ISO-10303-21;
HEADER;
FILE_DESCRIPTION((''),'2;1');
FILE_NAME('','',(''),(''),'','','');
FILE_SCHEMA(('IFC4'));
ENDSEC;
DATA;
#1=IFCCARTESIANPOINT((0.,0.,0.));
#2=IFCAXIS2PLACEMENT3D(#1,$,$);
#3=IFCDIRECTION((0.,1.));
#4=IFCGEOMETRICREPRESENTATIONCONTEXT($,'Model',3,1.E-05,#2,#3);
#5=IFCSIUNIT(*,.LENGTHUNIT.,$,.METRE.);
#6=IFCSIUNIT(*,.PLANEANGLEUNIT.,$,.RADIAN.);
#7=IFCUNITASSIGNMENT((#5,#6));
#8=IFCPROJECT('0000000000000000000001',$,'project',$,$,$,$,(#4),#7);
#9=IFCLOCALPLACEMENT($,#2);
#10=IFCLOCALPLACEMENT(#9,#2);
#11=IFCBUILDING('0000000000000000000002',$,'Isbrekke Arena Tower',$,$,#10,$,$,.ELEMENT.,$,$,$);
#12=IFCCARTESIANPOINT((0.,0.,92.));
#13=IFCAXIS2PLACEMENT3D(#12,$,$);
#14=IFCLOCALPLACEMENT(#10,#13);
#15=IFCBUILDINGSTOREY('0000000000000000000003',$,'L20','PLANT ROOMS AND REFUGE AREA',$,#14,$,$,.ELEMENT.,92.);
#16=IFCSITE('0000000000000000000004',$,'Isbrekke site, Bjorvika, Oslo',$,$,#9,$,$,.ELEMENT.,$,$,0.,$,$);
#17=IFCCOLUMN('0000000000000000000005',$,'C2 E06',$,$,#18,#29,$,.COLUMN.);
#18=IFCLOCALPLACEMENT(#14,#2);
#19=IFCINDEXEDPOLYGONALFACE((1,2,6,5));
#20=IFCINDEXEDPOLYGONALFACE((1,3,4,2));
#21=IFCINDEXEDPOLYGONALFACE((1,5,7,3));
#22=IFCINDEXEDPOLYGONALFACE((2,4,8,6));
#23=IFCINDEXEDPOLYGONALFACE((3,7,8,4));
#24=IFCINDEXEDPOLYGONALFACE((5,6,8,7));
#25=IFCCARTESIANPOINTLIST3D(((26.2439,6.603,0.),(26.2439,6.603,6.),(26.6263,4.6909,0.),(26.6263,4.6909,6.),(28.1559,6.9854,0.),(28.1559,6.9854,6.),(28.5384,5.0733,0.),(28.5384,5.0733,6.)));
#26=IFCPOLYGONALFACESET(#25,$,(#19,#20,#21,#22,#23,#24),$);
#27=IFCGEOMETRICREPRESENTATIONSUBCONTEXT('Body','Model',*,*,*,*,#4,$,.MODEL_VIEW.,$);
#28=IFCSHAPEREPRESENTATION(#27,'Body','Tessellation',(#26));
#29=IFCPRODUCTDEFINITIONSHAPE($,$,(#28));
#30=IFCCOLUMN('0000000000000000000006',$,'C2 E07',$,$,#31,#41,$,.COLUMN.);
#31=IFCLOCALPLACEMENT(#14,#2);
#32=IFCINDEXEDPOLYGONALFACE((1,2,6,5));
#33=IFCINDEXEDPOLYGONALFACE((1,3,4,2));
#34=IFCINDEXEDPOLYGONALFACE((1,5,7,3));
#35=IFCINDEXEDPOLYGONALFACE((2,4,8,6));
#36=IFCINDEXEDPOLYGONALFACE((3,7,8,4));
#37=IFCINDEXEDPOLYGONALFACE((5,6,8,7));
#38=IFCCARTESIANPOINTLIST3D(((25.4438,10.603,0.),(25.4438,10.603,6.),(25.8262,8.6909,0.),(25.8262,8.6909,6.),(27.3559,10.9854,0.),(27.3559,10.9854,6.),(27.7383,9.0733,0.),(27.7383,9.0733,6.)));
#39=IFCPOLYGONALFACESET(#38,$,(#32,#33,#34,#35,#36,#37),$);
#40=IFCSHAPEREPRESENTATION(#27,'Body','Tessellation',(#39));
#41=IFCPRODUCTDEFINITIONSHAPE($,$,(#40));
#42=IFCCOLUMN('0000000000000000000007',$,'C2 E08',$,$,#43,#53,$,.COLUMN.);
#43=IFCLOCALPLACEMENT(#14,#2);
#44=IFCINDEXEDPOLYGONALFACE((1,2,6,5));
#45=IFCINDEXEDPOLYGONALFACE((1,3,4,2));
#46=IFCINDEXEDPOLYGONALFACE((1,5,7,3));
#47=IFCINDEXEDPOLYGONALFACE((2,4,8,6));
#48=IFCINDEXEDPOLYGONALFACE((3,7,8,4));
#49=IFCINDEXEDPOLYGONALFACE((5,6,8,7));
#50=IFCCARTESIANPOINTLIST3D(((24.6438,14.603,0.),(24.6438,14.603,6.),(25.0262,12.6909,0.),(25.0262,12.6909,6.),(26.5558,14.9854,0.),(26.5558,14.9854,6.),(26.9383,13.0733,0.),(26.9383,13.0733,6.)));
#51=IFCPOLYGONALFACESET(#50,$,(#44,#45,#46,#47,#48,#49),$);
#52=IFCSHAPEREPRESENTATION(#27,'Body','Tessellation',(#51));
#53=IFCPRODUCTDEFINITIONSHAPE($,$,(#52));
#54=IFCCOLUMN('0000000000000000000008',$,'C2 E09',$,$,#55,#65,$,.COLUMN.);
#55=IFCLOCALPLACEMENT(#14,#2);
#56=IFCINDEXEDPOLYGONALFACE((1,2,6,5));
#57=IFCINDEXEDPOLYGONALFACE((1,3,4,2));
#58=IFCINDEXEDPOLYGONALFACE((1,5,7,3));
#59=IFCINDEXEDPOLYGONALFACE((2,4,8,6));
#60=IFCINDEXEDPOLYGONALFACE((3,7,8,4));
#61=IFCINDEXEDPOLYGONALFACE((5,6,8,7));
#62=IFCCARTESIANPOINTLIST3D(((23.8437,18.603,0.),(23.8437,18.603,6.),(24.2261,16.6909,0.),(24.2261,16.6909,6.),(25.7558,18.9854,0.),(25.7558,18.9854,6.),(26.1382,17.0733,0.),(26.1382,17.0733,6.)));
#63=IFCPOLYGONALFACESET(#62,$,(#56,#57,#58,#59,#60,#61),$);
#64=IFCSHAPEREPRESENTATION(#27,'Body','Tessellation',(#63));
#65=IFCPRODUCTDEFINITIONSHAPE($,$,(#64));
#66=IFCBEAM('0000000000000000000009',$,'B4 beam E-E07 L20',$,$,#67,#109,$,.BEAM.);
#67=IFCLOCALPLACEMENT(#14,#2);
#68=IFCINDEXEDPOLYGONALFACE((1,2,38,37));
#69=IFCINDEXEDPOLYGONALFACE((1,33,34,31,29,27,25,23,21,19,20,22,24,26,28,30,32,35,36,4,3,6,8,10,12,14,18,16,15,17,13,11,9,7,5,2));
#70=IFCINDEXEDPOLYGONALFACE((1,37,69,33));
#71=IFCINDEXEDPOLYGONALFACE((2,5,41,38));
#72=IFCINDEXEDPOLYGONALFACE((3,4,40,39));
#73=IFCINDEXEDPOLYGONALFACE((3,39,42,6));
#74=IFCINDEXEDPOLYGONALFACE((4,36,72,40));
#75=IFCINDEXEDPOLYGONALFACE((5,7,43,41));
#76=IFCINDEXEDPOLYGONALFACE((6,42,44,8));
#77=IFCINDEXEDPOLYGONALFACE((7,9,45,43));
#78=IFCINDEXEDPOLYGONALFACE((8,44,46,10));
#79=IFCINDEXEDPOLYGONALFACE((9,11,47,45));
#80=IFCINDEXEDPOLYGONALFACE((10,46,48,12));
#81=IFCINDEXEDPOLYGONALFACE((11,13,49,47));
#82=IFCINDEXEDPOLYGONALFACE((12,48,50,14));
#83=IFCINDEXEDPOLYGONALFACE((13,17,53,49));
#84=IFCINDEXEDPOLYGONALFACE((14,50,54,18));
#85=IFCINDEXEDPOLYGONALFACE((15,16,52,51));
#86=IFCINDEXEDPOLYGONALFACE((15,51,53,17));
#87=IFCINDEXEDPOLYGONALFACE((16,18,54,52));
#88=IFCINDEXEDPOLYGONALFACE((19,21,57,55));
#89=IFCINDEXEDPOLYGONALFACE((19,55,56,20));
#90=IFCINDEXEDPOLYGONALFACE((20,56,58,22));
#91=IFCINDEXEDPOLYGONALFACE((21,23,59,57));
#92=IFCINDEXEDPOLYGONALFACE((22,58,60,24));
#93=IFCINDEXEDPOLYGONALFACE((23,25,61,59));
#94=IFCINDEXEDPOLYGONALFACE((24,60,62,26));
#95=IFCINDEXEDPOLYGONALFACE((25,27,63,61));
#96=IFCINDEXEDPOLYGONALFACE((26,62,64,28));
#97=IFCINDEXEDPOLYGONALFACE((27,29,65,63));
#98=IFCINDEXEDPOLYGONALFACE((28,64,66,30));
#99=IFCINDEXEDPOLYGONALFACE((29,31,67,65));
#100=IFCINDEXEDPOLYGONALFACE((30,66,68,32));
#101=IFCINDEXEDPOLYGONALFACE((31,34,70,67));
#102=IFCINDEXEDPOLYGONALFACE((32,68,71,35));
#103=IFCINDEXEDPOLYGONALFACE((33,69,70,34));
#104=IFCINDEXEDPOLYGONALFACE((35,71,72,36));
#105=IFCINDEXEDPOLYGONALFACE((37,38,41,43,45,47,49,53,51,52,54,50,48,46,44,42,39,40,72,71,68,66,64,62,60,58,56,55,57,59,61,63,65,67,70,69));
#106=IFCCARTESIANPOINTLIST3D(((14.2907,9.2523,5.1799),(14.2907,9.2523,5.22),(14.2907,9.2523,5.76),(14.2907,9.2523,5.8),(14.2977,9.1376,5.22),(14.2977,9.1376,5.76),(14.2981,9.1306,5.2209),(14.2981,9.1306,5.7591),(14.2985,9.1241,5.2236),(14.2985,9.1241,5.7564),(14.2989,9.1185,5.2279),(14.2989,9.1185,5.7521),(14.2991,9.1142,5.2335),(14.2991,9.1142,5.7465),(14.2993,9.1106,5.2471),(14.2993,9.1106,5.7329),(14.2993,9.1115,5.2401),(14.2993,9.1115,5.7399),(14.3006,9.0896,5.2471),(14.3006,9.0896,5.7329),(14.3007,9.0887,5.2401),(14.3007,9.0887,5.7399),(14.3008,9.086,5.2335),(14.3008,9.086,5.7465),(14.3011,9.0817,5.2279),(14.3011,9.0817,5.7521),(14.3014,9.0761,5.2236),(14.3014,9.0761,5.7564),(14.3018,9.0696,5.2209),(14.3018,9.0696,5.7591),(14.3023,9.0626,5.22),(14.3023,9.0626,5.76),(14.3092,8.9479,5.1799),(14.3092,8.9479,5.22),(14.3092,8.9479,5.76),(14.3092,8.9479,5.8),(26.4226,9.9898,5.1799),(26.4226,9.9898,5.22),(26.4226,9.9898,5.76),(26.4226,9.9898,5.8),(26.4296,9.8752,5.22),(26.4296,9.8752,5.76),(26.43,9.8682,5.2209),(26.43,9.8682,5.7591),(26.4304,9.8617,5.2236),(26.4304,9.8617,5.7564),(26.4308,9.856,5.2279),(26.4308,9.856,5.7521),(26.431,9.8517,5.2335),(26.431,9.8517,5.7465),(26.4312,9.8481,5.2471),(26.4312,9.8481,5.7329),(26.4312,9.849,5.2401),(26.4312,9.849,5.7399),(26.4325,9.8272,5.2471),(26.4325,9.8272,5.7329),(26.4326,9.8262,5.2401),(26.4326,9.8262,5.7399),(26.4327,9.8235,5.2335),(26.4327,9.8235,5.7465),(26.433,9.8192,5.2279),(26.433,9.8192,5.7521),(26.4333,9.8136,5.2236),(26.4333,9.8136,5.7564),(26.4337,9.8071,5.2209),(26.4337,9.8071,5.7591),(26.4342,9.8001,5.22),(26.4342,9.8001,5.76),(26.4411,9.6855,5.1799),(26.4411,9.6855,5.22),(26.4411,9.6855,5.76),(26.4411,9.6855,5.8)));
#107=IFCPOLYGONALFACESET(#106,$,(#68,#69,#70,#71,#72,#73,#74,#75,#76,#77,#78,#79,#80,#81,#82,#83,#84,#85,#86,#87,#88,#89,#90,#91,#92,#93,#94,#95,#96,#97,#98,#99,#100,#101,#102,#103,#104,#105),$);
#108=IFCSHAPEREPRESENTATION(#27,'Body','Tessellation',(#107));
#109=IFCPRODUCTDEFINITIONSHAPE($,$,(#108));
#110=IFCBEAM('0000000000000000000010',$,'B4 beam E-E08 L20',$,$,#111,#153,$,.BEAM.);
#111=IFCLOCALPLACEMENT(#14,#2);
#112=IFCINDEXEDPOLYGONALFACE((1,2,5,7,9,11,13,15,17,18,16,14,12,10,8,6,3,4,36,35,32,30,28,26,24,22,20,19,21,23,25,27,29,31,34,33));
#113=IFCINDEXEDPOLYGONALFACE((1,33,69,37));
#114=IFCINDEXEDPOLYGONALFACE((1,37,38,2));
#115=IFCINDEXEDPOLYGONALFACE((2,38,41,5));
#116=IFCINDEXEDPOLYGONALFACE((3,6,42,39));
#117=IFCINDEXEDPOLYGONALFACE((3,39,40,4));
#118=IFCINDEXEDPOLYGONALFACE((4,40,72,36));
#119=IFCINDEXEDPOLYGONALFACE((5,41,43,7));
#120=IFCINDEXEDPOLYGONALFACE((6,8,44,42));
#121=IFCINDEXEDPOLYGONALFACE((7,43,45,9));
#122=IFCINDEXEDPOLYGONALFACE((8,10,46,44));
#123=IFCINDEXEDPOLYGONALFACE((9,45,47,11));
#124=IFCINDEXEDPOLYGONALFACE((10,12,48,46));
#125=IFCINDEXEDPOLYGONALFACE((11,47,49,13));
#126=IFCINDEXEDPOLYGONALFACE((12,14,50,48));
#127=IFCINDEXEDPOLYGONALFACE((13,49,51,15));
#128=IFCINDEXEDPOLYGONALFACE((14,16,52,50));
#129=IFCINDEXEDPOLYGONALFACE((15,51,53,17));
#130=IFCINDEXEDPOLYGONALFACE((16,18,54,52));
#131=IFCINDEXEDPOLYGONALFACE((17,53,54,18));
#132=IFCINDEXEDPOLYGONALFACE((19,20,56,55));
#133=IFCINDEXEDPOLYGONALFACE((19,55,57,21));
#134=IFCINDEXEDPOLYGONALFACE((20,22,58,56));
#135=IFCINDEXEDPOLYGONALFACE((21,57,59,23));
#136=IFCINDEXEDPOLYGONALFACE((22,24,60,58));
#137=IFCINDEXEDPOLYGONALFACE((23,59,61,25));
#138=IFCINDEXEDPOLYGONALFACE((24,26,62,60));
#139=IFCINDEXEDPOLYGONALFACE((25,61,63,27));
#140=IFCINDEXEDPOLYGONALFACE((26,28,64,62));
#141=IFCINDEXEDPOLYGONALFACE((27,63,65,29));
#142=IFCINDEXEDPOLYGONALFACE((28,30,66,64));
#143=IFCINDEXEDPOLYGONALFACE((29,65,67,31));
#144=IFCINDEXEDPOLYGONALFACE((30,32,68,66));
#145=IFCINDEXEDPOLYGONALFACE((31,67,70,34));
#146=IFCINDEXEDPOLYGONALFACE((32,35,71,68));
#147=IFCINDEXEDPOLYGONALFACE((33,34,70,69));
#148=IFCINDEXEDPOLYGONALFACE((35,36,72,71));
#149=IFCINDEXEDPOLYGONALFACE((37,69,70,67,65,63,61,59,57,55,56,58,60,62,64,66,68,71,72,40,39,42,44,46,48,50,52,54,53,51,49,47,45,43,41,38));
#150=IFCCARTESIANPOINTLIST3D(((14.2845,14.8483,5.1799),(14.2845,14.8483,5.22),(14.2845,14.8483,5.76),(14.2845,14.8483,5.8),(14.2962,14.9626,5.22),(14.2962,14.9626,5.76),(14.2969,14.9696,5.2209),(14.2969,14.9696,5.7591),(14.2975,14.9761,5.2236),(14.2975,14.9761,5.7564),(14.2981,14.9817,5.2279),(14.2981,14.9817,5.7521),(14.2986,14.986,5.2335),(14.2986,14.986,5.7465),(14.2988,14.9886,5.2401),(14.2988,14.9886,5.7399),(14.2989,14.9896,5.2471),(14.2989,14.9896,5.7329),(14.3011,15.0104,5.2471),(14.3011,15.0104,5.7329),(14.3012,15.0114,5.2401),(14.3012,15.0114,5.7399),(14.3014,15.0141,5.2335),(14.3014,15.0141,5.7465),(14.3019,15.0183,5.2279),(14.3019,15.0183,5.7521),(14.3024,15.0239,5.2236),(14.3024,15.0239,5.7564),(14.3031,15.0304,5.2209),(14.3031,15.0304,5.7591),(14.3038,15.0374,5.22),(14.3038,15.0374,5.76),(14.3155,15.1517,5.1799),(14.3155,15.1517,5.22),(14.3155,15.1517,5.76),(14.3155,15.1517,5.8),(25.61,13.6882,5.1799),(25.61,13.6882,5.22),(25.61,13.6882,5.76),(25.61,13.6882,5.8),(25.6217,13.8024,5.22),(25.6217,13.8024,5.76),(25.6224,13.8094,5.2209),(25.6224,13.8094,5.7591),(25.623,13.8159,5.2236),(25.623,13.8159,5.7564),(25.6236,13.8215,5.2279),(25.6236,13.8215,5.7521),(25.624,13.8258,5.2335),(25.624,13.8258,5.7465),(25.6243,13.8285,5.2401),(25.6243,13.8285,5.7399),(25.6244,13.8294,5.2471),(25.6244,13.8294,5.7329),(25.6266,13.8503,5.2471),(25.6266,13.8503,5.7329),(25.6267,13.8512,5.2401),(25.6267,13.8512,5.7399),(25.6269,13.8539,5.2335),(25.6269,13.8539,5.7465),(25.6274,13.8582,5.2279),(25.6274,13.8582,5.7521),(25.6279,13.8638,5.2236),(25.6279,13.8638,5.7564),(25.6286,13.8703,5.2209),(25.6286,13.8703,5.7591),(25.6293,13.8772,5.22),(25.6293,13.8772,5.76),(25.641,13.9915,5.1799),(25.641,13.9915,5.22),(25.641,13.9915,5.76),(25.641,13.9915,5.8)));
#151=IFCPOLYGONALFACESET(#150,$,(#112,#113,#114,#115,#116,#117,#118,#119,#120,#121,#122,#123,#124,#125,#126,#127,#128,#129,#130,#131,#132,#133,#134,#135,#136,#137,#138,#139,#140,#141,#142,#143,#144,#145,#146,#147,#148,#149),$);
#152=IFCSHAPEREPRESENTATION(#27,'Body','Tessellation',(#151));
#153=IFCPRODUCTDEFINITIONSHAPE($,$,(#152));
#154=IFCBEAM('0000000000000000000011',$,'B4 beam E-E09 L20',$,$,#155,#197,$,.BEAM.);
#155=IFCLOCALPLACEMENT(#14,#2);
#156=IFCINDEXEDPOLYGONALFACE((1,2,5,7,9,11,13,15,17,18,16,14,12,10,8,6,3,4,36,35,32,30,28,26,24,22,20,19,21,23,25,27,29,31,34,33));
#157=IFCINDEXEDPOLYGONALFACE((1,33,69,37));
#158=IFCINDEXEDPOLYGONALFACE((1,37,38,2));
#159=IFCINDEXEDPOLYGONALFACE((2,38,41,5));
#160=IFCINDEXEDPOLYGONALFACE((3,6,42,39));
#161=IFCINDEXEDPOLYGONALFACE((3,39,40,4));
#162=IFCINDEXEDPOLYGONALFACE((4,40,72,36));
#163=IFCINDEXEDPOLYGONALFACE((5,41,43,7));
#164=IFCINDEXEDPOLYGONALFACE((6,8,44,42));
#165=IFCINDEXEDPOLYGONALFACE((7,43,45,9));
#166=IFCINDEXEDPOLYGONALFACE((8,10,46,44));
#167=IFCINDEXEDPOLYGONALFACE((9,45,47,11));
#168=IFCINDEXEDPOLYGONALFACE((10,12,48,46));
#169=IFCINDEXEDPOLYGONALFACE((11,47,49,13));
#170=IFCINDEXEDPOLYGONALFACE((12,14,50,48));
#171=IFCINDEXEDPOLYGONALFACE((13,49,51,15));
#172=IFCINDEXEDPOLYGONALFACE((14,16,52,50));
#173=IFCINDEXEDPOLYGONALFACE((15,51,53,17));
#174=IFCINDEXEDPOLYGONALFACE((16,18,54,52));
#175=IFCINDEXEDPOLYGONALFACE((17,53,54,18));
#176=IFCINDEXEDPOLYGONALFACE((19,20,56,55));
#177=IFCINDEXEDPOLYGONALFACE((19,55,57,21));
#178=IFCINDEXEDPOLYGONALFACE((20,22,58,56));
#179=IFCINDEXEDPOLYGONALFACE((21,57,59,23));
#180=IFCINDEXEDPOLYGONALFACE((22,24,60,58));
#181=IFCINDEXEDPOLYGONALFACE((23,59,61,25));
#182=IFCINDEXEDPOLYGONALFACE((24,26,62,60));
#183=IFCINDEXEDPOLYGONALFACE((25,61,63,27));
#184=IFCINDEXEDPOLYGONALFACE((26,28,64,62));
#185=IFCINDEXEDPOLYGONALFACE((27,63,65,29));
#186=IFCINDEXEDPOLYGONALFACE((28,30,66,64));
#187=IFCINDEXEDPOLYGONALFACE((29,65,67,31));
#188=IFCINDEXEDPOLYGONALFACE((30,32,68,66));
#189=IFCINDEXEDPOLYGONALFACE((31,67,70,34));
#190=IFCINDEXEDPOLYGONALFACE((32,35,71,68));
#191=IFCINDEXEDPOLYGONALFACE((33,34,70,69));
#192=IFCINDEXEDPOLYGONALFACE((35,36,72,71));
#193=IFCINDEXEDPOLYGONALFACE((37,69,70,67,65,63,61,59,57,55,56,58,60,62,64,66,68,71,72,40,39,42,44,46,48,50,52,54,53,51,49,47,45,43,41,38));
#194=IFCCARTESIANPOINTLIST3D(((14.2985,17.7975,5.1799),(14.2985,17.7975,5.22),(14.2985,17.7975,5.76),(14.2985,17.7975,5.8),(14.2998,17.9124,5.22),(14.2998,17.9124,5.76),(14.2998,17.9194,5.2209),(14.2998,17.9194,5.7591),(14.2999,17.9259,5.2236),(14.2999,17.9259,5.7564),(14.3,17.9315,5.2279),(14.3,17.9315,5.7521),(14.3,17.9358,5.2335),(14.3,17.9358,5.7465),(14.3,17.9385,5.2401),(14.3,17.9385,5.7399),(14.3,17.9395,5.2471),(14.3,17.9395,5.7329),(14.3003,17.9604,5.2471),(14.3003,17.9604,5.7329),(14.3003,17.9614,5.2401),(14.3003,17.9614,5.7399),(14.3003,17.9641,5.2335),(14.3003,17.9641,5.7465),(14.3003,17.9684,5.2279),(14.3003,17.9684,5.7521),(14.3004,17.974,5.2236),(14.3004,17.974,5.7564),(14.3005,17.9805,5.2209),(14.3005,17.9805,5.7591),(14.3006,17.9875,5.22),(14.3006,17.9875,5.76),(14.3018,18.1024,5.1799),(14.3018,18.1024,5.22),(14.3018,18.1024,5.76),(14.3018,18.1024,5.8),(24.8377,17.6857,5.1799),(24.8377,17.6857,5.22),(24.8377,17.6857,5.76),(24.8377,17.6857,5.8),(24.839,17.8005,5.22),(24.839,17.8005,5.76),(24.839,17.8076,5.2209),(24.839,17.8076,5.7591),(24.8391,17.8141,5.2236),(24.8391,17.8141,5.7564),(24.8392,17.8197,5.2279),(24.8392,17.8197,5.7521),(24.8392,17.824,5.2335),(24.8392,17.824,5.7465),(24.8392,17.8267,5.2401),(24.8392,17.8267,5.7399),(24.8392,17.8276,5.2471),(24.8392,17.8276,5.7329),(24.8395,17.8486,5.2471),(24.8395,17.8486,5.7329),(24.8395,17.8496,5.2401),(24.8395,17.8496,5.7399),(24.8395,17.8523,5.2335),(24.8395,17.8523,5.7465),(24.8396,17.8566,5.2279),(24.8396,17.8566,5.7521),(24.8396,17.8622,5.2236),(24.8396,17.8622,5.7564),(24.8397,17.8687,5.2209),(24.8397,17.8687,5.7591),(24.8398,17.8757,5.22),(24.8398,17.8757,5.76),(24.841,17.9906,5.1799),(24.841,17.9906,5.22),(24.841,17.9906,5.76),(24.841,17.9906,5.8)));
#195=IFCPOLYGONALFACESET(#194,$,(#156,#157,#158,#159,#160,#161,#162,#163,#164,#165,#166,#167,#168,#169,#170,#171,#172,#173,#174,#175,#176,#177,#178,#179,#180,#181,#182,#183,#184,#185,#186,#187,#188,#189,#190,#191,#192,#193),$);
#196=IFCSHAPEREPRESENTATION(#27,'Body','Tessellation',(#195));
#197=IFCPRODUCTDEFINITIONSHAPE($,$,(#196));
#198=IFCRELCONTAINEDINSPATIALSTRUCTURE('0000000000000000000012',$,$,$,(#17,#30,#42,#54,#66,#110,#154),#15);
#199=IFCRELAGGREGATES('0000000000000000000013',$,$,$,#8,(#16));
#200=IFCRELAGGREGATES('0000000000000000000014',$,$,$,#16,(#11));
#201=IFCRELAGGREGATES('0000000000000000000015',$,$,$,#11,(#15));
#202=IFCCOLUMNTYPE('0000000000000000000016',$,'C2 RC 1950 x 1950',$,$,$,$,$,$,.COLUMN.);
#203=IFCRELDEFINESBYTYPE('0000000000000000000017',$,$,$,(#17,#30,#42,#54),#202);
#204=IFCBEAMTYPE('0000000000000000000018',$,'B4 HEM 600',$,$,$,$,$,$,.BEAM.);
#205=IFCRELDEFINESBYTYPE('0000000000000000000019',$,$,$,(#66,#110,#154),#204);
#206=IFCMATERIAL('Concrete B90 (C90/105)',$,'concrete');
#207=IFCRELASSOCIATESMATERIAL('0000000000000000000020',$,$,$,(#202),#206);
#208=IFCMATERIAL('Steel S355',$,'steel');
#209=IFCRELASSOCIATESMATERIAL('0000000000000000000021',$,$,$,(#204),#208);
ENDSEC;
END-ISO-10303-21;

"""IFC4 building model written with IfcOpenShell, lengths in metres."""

from ifc_helpers import new_model, si_unit, direction, frame, origin, origin_2d, place, context, subcontext, project, spatial, rectangle, i_section, extrude, material, material_profile, profile_set, type_object, element, save


model = new_model("IFC4")

# Units and contexts
model_context = context("Model", 3, precision=1e-05, world=origin(), true_north=direction((0.0, 1.0)))
body_context = subcontext(model_context, "Body", "Model", "MODEL_VIEW")
ifc_project = project(units=[si_unit("LENGTHUNIT", "METRE"), si_unit("PLANEANGLEUNIT", "RADIAN")], contexts=[model_context])

# Site, building, storey
site_placement = place(None, origin())
site = spatial("IfcSite", under=ifc_project, at=site_placement, Name="Isbrekke site, Bjorvika, Oslo", CompositionType="ELEMENT", RefElevation=0.0)
building_placement = place(site_placement, origin())
building = spatial("IfcBuilding", under=site, at=building_placement, Name="Isbrekke Arena Tower", CompositionType="ELEMENT")
storey_placement = place(building_placement, frame((0.0, 0.0, 92.0)))
storey = spatial("IfcBuildingStorey", under=building, at=storey_placement, Name="L20", Description="PLANT ROOMS AND REFUGE AREA", CompositionType="ELEMENT", Elevation=92.0)

# Columns
ifc_material_1 = material(Name="Concrete B90 (C90/105)", Category="concrete")
ifc_material_profile_1 = material_profile(ifc_material_1, rectangle(XDim=1.95, YDim=1.95, at=origin_2d()), Name="RC 1950x1950")
ifc_profile_set_1 = profile_set([ifc_material_profile_1], Name="Concrete B90 (C90/105)")
column_type = type_object("IfcColumnType", Name="C2 RC 1950 x 1950", PredefinedType="COLUMN", material=ifc_profile_set_1)
for number, where, z_axis, x_axis, name in (
    (1, (27.3911, 5.8381, 0.0), (0.0, 0.0, 1.0), (-0.196116, 0.980581, 0.0), "C2 E06"),
    (2, (26.5911, 9.8381, 0.0), (0.0, 0.0, 1.0), (-0.196116, 0.980581, 0.0), "C2 E07"),
    (3, (25.791, 13.8381, 0.0), (0.0, 0.0, 1.0), (-0.196116, 0.980581, 0.0), "C2 E08"),
    (4, (24.991, 17.8381, 0.0), (0.0, 0.0, 1.0), (-0.196116, 0.980581, 0.0), "C2 E09"),
):
    element("IfcColumn", number, at=place(storey_placement, frame(where, z_axis=z_axis, x_axis=x_axis)), inside=storey, type_object=column_type, Name=name, PredefinedType="COLUMN", context=body_context, shape_type="SweptSolid", body=[
        extrude(rectangle(XDim=1.95, YDim=1.95, at=origin_2d()), origin(), (0.0, 0.0, 1.0), 6.0),
    ])

# Beams
ifc_material_2 = material(Name="Steel S355", Category="steel")
ifc_material_profile_2 = material_profile(ifc_material_2, i_section(OverallWidth=0.3049, OverallDepth=0.6201, WebThickness=0.021, FlangeThickness=0.04, FilletRadius=0.0271, at=origin_2d()), Name="HEM 600")
ifc_profile_set_2 = profile_set([ifc_material_profile_2], Name="Steel S355")
beam_type_1 = type_object("IfcBeamType", Name="B4 HEM 600", PredefinedType="BEAM", material=ifc_profile_set_2)
beam_1_placement = place(storey_placement, frame((26.4319, 9.8376, 5.49), z_axis=(-0.998157, -0.060682, 0.0), x_axis=(0.060682, -0.998157, 0.0)))
element("IfcBeam", 5, at=beam_1_placement, inside=storey, type_object=beam_type_1, Name="B4 beam E-E07 L20", PredefinedType="BEAM", context=body_context, shape_type="SweptSolid", body=[
    extrude(i_section(OverallWidth=0.3049, OverallDepth=0.6201, WebThickness=0.021, FlangeThickness=0.04, FilletRadius=0.0271, at=origin_2d()), origin(), (0.0, 0.0, 1.0), 12.1543),
])
beam_2_placement = place(storey_placement, frame((25.6255, 13.8398, 5.49), z_axis=(-0.994794, 0.101905, 0.0), x_axis=(-0.101905, -0.994794, 0.0)))
element("IfcBeam", 6, at=beam_2_placement, inside=storey, type_object=beam_type_1, Name="B4 beam E-E08 L20", PredefinedType="BEAM", context=body_context, shape_type="SweptSolid", body=[
    extrude(i_section(OverallWidth=0.3049, OverallDepth=0.6201, WebThickness=0.021, FlangeThickness=0.04, FilletRadius=0.0271, at=origin_2d()), origin(), (0.0, 0.0, 1.0), 11.3848),
])
beam_3_placement = place(storey_placement, frame((24.8394, 17.8381, 5.49), z_axis=(-0.999944, 0.010609, 0.0), x_axis=(-0.010609, -0.999944, 0.0)))
element("IfcBeam", 7, at=beam_3_placement, inside=storey, type_object=beam_type_1, Name="B4 beam E-E09 L20", PredefinedType="BEAM", context=body_context, shape_type="SweptSolid", body=[
    extrude(i_section(OverallWidth=0.3049, OverallDepth=0.6201, WebThickness=0.021, FlangeThickness=0.04, FilletRadius=0.0271, at=origin_2d()), origin(), (0.0, 0.0, 1.0), 10.5398),
])

save(model, "model.ifc")
